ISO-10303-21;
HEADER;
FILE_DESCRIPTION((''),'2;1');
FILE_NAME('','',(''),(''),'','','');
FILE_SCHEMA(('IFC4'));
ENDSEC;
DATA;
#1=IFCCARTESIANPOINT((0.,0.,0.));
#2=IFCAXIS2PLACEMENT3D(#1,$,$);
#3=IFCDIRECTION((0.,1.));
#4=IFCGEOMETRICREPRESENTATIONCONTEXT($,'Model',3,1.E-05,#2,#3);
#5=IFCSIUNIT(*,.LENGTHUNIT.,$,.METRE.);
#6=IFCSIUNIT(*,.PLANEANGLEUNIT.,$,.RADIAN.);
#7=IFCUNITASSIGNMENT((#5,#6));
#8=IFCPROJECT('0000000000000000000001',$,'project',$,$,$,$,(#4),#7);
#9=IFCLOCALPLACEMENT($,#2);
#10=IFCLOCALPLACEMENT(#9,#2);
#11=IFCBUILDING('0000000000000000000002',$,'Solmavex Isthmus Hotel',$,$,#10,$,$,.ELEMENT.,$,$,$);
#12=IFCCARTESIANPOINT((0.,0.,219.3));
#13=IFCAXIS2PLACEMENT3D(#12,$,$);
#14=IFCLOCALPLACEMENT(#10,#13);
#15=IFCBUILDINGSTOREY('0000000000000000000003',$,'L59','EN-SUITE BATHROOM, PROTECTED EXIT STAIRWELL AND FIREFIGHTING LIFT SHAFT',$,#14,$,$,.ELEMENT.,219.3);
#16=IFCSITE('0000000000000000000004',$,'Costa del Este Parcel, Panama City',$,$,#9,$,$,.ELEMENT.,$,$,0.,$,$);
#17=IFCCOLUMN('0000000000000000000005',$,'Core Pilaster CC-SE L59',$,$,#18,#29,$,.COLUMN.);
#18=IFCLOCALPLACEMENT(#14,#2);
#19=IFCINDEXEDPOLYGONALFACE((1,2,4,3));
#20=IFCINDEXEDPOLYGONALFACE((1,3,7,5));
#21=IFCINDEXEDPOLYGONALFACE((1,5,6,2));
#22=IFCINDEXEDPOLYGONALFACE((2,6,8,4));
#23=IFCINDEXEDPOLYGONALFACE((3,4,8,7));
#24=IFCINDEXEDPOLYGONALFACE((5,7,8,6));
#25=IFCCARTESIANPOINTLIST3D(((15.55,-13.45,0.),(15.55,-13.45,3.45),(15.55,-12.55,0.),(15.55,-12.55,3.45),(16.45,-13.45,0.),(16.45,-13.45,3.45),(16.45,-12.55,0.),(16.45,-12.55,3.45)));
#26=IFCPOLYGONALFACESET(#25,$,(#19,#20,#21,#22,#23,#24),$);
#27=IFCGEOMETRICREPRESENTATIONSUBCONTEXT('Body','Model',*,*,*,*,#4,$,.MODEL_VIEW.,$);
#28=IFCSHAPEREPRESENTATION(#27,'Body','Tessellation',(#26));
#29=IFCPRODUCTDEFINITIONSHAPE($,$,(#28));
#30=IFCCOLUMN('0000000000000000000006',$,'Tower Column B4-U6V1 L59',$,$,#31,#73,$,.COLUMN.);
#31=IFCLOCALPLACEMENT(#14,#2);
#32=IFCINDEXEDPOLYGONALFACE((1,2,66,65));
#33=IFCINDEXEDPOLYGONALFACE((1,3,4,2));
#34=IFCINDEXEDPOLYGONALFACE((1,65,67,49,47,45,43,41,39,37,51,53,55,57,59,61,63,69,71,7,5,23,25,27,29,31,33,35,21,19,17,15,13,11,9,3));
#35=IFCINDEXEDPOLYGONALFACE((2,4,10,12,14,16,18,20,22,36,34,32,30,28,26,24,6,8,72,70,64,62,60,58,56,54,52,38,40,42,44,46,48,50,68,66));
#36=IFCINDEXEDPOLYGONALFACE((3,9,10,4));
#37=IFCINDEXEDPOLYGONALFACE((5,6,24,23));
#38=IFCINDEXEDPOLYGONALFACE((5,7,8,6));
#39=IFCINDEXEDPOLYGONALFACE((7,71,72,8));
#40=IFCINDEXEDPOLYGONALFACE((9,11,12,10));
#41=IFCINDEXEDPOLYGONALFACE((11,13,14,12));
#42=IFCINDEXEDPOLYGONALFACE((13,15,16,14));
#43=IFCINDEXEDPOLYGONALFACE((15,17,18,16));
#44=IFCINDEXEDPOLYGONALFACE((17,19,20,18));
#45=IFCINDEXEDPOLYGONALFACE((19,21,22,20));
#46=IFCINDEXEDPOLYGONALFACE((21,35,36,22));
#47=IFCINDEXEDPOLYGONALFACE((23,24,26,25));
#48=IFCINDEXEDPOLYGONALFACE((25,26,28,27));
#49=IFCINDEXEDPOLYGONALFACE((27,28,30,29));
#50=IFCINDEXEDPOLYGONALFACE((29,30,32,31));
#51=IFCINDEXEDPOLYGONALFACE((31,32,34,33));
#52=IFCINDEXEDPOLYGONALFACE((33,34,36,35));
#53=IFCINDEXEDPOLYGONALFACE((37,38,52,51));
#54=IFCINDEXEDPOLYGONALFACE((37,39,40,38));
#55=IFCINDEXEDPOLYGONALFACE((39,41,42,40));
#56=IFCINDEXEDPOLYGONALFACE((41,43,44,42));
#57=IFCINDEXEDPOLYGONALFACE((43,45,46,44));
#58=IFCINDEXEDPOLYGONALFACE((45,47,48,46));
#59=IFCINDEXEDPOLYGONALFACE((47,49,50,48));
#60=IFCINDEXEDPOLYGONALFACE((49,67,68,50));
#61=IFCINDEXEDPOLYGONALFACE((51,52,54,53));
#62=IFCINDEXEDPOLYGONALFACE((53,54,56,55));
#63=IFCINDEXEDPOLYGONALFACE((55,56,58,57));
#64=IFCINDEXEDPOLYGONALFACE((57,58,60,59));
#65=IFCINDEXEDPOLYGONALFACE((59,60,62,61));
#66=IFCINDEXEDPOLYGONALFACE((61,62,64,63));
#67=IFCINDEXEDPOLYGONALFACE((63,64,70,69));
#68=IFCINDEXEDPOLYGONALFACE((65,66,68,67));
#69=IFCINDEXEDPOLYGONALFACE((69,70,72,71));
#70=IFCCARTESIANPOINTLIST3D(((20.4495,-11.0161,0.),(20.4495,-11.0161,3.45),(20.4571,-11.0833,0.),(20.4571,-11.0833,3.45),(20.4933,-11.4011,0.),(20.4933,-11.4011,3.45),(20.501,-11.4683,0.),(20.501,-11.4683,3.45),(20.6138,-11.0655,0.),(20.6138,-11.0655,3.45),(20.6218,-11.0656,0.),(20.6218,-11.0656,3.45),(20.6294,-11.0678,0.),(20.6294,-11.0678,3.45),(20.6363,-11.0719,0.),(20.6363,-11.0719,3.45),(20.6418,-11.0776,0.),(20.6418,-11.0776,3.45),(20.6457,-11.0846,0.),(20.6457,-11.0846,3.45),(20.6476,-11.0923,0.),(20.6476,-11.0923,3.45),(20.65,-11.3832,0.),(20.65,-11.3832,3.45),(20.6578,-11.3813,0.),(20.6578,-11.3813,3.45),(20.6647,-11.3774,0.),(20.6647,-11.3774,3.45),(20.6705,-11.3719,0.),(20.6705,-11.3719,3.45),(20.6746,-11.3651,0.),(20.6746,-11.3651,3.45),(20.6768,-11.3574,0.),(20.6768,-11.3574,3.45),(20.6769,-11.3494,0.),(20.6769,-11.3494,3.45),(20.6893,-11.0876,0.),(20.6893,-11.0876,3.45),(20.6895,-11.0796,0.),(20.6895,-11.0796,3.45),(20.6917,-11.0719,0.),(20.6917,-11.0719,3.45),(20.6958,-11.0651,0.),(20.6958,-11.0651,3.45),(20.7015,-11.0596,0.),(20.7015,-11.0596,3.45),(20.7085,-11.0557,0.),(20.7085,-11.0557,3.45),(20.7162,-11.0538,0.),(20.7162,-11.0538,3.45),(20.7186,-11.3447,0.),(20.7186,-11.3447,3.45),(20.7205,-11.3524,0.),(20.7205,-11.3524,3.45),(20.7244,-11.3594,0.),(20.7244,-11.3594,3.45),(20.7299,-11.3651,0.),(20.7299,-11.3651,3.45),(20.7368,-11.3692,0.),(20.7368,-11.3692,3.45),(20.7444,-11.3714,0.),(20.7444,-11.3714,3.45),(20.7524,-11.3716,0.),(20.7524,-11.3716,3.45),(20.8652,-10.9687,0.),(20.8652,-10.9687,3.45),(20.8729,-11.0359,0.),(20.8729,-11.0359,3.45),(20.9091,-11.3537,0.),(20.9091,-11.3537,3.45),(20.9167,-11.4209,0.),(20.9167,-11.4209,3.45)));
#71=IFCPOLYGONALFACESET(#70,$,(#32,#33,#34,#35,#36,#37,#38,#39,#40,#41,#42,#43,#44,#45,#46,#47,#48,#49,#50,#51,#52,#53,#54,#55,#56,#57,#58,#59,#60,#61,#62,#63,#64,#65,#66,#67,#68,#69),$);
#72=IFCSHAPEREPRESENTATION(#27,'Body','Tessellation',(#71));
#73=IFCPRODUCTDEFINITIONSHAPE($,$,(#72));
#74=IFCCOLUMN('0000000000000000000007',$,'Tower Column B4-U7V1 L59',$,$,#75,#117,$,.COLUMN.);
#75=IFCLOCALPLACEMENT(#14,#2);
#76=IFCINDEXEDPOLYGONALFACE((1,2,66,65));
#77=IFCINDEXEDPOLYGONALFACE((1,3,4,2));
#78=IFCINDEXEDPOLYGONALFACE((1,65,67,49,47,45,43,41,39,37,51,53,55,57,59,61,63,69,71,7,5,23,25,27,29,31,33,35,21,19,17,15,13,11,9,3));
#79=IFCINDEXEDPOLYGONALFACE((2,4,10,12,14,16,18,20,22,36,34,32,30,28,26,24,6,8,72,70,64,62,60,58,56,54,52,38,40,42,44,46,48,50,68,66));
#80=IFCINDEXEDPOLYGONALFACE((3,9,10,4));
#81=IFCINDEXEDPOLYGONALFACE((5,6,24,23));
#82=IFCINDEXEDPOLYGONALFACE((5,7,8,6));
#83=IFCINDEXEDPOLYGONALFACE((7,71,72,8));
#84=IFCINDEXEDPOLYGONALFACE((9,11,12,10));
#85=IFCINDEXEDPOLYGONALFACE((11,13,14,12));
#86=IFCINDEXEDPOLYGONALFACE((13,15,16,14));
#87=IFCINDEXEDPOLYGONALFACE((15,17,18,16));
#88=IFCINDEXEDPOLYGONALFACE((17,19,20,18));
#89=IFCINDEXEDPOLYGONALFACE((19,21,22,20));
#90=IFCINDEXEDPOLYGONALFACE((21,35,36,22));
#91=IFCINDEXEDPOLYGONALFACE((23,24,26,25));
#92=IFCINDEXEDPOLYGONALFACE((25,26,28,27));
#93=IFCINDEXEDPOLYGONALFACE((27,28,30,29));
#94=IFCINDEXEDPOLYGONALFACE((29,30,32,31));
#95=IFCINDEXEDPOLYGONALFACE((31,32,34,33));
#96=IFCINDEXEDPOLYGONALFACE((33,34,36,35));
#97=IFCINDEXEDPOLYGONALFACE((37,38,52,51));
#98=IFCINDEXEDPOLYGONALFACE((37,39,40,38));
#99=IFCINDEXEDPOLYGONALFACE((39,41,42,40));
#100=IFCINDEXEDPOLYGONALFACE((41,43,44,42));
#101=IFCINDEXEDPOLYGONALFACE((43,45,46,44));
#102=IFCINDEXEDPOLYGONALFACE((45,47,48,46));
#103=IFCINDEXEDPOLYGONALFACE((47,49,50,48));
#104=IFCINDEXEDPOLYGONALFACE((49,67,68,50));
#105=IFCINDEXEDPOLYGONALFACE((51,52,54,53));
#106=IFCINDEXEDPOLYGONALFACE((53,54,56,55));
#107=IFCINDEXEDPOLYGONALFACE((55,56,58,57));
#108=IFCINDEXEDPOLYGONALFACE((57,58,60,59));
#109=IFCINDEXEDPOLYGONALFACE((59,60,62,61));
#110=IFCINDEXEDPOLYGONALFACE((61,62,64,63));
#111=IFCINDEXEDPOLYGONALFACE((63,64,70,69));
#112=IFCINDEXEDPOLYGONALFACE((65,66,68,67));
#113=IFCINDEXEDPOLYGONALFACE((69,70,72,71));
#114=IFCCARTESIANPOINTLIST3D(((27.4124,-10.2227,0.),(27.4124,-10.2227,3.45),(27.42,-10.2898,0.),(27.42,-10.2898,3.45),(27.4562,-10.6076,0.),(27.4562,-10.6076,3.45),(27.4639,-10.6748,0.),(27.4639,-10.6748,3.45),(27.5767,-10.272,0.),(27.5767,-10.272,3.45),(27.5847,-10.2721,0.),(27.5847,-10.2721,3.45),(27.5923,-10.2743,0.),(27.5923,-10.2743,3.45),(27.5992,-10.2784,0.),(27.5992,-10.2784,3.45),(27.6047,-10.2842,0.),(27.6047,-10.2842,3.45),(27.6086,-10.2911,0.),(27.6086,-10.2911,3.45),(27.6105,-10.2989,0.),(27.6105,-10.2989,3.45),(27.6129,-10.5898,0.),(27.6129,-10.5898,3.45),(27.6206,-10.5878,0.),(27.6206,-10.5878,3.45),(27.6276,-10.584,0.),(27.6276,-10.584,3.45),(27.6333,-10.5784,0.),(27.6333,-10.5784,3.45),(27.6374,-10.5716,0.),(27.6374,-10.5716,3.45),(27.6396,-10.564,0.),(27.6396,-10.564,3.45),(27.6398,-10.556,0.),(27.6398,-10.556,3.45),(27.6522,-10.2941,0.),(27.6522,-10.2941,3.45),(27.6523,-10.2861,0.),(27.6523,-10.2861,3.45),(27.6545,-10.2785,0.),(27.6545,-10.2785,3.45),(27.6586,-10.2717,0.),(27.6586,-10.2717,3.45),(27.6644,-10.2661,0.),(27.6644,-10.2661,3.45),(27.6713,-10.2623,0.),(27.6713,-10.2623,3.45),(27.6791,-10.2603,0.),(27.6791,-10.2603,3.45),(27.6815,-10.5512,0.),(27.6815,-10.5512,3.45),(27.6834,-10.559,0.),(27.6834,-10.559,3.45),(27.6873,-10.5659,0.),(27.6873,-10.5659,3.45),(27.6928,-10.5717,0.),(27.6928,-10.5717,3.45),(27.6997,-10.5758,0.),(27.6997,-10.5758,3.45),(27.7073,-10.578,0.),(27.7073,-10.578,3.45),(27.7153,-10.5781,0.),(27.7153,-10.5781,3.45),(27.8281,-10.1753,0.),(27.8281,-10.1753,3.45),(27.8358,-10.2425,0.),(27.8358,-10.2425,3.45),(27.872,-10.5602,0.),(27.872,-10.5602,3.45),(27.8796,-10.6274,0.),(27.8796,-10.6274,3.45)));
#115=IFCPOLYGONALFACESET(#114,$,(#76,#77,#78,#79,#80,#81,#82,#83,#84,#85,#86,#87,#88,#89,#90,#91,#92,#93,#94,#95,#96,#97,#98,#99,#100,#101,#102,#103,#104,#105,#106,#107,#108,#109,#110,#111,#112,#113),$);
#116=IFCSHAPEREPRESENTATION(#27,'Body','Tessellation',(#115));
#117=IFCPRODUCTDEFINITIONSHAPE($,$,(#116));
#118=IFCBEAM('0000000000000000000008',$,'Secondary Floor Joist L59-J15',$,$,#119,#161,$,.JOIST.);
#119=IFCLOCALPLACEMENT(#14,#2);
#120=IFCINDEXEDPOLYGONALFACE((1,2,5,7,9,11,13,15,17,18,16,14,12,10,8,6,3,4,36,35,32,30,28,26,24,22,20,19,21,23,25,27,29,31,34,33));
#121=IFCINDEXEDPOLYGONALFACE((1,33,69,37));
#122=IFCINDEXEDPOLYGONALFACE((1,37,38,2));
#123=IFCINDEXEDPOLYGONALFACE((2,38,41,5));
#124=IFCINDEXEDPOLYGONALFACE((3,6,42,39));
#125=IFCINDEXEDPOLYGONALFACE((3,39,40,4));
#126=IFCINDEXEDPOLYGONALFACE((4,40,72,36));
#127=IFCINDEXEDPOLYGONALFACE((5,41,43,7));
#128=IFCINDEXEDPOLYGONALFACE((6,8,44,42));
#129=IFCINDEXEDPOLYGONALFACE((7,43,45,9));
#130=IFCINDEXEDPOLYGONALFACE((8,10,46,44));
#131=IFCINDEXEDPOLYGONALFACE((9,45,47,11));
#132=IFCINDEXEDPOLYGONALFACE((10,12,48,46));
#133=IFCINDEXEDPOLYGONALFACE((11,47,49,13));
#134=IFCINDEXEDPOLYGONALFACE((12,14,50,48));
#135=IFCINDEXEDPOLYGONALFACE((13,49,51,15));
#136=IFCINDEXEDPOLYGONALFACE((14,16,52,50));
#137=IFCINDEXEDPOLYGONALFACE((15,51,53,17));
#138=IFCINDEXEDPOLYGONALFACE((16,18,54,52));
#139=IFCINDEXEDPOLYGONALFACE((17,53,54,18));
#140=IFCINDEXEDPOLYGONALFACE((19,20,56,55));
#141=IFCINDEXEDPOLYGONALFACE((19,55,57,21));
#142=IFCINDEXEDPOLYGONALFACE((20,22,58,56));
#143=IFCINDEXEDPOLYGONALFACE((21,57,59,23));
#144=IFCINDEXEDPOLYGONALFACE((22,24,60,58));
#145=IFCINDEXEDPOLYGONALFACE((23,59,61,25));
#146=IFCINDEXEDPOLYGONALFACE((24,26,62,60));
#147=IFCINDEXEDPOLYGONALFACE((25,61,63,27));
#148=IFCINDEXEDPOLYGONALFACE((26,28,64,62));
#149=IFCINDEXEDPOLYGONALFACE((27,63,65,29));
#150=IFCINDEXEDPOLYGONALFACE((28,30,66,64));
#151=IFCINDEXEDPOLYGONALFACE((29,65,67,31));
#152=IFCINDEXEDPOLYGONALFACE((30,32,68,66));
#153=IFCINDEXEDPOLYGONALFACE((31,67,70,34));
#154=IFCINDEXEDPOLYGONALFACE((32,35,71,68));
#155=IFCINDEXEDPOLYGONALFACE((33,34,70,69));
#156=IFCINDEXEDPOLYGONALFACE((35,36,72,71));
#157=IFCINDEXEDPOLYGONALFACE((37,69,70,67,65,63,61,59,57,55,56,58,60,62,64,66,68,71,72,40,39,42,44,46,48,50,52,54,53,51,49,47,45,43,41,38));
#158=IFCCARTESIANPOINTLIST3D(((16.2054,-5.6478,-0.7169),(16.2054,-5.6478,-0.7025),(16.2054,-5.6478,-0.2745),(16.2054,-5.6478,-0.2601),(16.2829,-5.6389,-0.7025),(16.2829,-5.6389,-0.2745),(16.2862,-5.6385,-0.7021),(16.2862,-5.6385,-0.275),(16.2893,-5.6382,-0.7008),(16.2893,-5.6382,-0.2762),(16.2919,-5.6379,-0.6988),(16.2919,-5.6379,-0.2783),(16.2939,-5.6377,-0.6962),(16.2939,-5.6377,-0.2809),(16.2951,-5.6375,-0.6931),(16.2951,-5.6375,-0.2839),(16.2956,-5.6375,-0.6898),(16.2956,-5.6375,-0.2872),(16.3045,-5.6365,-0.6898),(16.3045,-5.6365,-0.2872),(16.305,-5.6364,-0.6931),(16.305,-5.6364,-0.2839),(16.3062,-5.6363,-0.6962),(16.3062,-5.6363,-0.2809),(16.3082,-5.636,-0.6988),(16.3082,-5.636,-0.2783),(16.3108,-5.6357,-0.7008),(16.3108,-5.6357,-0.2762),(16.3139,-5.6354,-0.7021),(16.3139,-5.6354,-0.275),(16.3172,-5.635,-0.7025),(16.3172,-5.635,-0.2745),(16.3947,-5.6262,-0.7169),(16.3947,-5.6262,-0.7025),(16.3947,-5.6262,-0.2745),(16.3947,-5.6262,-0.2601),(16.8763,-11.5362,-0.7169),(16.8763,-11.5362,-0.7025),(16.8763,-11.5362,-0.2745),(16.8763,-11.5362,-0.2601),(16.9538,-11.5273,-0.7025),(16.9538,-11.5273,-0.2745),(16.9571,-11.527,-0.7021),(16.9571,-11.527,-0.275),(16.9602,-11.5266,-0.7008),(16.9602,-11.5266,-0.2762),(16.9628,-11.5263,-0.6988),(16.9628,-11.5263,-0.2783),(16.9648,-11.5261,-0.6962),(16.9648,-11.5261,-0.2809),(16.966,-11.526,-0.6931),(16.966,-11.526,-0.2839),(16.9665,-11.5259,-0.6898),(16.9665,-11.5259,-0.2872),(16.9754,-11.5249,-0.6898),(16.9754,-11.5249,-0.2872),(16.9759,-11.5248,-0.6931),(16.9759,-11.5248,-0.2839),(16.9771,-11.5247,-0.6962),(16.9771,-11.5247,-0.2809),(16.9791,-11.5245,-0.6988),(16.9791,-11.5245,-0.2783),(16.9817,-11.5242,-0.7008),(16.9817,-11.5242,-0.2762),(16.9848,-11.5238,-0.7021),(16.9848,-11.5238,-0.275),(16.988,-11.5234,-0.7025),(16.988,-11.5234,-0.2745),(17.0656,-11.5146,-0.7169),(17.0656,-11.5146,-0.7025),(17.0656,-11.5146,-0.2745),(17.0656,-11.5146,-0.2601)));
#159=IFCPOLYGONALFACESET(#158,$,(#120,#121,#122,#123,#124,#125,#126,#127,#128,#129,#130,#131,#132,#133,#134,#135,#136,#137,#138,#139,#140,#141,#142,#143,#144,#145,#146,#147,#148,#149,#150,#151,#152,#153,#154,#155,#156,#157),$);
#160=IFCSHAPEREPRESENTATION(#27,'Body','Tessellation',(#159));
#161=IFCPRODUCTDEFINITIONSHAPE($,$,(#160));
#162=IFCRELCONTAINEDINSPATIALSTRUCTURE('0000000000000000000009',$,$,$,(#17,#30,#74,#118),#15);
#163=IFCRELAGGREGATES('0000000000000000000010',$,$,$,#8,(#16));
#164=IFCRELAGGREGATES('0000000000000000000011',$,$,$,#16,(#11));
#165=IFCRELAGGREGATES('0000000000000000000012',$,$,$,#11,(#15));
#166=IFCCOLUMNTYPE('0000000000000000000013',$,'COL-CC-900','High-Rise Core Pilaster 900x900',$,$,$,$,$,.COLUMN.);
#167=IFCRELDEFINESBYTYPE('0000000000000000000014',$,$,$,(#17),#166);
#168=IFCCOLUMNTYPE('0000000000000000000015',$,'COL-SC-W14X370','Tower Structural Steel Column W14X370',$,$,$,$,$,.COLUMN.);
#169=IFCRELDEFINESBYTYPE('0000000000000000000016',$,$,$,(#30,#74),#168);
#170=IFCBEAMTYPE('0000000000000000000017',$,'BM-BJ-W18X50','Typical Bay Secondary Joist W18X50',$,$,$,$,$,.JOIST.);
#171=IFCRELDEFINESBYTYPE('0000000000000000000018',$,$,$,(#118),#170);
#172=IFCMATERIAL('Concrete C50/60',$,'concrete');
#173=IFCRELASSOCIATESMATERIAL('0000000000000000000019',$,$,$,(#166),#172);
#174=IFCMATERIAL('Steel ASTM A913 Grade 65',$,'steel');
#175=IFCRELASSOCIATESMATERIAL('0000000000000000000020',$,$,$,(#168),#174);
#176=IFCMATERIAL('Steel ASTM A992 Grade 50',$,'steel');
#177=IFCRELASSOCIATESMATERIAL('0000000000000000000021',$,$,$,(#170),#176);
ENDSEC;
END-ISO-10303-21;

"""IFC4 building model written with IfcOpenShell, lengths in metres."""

from ifc_helpers import new_model, si_unit, direction, frame, origin, origin_2d, place, context, subcontext, project, spatial, rectangle, i_section, extrude, material, material_profile, profile_set, type_object, element, save


model = new_model("IFC4")

# Units and contexts
model_context = context("Model", 3, precision=1e-05, world=origin(), true_north=direction((0.0, 1.0)))
body_context = subcontext(model_context, "Body", "Model", "MODEL_VIEW")
ifc_project = project(units=[si_unit("LENGTHUNIT", "METRE"), si_unit("PLANEANGLEUNIT", "RADIAN")], contexts=[model_context])

# Site, building, storey
site_placement = place(None, origin())
site = spatial("IfcSite", under=ifc_project, at=site_placement, Name="Costa del Este Parcel, Panama City", CompositionType="ELEMENT", RefElevation=0.0)
building_placement = place(site_placement, origin())
building = spatial("IfcBuilding", under=site, at=building_placement, Name="Solmavex Isthmus Hotel", CompositionType="ELEMENT")
storey_placement = place(building_placement, frame((0.0, 0.0, 219.3)))
storey = spatial("IfcBuildingStorey", under=building, at=storey_placement, Name="L59", Description="EN-SUITE BATHROOM, PROTECTED EXIT STAIRWELL AND FIREFIGHTING LIFT SHAFT", CompositionType="ELEMENT", Elevation=219.3)

# Columns
ifc_material_1 = material(Name="Concrete C50/60", Category="concrete")
ifc_material_profile_1 = material_profile(ifc_material_1, rectangle(XDim=0.8999, YDim=0.8999, at=origin_2d()), Name="RC900X900")
ifc_profile_set_1 = profile_set([ifc_material_profile_1], Name="Concrete C50/60")
column_type_1 = type_object("IfcColumnType", Name="COL-CC-900", Description="High-Rise Core Pilaster 900x900", PredefinedType="COLUMN", material=ifc_profile_set_1)
column_placement = place(storey_placement, frame((16.0, -13.0, 0.0), z_axis=(0.0, 0.0, 1.0), x_axis=(1.0, 0.0, 0.0)))
element("IfcColumn", 1, at=column_placement, inside=storey, type_object=column_type_1, Name="Core Pilaster CC-SE L59", PredefinedType="COLUMN", context=body_context, shape_type="SweptSolid", body=[
    extrude(rectangle(XDim=0.8999, YDim=0.8999, at=origin_2d()), origin(), (0.0, 0.0, 1.0), 3.45),
])
ifc_material_2 = material(Name="Steel ASTM A913 Grade 65", Category="steel")
ifc_material_profile_2 = material_profile(ifc_material_2, i_section(OverallWidth=0.4185, OverallDepth=0.4551, WebThickness=0.042, FlangeThickness=0.0676, FilletRadius=0.0305, at=origin_2d()), Name="W14X370")
ifc_profile_set_2 = profile_set([ifc_material_profile_2], Name="Steel ASTM A913 Grade 65")
column_type_2 = type_object("IfcColumnType", Name="COL-SC-W14X370", Description="Tower Structural Steel Column W14X370", PredefinedType="COLUMN", material=ifc_profile_set_2)
for number, where, z_axis, x_axis, name in (
    (2, (20.6831, -11.2185, 0.0), (0.0, 0.0, 1.0), (0.993572, 0.113203, 0.0), "Tower Column B4-U6V1 L59"),
    (3, (27.646, -10.425, 0.0), (0.0, 0.0, 1.0), (0.993572, 0.113203, 0.0), "Tower Column B4-U7V1 L59"),
):
    element("IfcColumn", number, at=place(storey_placement, frame(where, z_axis=z_axis, x_axis=x_axis)), inside=storey, type_object=column_type_2, Name=name, PredefinedType="COLUMN", context=body_context, shape_type="SweptSolid", body=[
        extrude(i_section(OverallWidth=0.4185, OverallDepth=0.4551, WebThickness=0.042, FlangeThickness=0.0676, FilletRadius=0.0305, at=origin_2d()), origin(), (0.0, 0.0, 1.0), 3.45),
    ])

# Beam
ifc_material_3 = material(Name="Steel ASTM A992 Grade 50", Category="steel")
ifc_material_profile_3 = material_profile(ifc_material_3, i_section(OverallWidth=0.1904, OverallDepth=0.4568, WebThickness=0.009, FlangeThickness=0.0144, FilletRadius=0.0127, at=origin_2d()), Name="W18X50")
ifc_profile_set_3 = profile_set([ifc_material_profile_3], Name="Steel ASTM A992 Grade 50")
beam_type_1 = type_object("IfcBeamType", Name="BM-BJ-W18X50", Description="Typical Bay Secondary Joist W18X50", PredefinedType="JOIST", material=ifc_profile_set_3)
beam_1_placement = place(storey_placement, frame((16.9709, -11.5254, -0.4885), z_axis=(-0.113203, 0.993572, 0.0), x_axis=(-0.993572, -0.113203, 0.0)))
element("IfcBeam", 4, at=beam_1_placement, inside=storey, type_object=beam_type_1, Name="Secondary Floor Joist L59-J15", PredefinedType="JOIST", context=body_context, shape_type="SweptSolid", body=[
    extrude(i_section(OverallWidth=0.1904, OverallDepth=0.4568, WebThickness=0.009, FlangeThickness=0.0144, FilletRadius=0.0127, at=origin_2d()), origin(), (0.0, 0.0, 1.0), 5.9265),
])

save(model, "model.ifc")
